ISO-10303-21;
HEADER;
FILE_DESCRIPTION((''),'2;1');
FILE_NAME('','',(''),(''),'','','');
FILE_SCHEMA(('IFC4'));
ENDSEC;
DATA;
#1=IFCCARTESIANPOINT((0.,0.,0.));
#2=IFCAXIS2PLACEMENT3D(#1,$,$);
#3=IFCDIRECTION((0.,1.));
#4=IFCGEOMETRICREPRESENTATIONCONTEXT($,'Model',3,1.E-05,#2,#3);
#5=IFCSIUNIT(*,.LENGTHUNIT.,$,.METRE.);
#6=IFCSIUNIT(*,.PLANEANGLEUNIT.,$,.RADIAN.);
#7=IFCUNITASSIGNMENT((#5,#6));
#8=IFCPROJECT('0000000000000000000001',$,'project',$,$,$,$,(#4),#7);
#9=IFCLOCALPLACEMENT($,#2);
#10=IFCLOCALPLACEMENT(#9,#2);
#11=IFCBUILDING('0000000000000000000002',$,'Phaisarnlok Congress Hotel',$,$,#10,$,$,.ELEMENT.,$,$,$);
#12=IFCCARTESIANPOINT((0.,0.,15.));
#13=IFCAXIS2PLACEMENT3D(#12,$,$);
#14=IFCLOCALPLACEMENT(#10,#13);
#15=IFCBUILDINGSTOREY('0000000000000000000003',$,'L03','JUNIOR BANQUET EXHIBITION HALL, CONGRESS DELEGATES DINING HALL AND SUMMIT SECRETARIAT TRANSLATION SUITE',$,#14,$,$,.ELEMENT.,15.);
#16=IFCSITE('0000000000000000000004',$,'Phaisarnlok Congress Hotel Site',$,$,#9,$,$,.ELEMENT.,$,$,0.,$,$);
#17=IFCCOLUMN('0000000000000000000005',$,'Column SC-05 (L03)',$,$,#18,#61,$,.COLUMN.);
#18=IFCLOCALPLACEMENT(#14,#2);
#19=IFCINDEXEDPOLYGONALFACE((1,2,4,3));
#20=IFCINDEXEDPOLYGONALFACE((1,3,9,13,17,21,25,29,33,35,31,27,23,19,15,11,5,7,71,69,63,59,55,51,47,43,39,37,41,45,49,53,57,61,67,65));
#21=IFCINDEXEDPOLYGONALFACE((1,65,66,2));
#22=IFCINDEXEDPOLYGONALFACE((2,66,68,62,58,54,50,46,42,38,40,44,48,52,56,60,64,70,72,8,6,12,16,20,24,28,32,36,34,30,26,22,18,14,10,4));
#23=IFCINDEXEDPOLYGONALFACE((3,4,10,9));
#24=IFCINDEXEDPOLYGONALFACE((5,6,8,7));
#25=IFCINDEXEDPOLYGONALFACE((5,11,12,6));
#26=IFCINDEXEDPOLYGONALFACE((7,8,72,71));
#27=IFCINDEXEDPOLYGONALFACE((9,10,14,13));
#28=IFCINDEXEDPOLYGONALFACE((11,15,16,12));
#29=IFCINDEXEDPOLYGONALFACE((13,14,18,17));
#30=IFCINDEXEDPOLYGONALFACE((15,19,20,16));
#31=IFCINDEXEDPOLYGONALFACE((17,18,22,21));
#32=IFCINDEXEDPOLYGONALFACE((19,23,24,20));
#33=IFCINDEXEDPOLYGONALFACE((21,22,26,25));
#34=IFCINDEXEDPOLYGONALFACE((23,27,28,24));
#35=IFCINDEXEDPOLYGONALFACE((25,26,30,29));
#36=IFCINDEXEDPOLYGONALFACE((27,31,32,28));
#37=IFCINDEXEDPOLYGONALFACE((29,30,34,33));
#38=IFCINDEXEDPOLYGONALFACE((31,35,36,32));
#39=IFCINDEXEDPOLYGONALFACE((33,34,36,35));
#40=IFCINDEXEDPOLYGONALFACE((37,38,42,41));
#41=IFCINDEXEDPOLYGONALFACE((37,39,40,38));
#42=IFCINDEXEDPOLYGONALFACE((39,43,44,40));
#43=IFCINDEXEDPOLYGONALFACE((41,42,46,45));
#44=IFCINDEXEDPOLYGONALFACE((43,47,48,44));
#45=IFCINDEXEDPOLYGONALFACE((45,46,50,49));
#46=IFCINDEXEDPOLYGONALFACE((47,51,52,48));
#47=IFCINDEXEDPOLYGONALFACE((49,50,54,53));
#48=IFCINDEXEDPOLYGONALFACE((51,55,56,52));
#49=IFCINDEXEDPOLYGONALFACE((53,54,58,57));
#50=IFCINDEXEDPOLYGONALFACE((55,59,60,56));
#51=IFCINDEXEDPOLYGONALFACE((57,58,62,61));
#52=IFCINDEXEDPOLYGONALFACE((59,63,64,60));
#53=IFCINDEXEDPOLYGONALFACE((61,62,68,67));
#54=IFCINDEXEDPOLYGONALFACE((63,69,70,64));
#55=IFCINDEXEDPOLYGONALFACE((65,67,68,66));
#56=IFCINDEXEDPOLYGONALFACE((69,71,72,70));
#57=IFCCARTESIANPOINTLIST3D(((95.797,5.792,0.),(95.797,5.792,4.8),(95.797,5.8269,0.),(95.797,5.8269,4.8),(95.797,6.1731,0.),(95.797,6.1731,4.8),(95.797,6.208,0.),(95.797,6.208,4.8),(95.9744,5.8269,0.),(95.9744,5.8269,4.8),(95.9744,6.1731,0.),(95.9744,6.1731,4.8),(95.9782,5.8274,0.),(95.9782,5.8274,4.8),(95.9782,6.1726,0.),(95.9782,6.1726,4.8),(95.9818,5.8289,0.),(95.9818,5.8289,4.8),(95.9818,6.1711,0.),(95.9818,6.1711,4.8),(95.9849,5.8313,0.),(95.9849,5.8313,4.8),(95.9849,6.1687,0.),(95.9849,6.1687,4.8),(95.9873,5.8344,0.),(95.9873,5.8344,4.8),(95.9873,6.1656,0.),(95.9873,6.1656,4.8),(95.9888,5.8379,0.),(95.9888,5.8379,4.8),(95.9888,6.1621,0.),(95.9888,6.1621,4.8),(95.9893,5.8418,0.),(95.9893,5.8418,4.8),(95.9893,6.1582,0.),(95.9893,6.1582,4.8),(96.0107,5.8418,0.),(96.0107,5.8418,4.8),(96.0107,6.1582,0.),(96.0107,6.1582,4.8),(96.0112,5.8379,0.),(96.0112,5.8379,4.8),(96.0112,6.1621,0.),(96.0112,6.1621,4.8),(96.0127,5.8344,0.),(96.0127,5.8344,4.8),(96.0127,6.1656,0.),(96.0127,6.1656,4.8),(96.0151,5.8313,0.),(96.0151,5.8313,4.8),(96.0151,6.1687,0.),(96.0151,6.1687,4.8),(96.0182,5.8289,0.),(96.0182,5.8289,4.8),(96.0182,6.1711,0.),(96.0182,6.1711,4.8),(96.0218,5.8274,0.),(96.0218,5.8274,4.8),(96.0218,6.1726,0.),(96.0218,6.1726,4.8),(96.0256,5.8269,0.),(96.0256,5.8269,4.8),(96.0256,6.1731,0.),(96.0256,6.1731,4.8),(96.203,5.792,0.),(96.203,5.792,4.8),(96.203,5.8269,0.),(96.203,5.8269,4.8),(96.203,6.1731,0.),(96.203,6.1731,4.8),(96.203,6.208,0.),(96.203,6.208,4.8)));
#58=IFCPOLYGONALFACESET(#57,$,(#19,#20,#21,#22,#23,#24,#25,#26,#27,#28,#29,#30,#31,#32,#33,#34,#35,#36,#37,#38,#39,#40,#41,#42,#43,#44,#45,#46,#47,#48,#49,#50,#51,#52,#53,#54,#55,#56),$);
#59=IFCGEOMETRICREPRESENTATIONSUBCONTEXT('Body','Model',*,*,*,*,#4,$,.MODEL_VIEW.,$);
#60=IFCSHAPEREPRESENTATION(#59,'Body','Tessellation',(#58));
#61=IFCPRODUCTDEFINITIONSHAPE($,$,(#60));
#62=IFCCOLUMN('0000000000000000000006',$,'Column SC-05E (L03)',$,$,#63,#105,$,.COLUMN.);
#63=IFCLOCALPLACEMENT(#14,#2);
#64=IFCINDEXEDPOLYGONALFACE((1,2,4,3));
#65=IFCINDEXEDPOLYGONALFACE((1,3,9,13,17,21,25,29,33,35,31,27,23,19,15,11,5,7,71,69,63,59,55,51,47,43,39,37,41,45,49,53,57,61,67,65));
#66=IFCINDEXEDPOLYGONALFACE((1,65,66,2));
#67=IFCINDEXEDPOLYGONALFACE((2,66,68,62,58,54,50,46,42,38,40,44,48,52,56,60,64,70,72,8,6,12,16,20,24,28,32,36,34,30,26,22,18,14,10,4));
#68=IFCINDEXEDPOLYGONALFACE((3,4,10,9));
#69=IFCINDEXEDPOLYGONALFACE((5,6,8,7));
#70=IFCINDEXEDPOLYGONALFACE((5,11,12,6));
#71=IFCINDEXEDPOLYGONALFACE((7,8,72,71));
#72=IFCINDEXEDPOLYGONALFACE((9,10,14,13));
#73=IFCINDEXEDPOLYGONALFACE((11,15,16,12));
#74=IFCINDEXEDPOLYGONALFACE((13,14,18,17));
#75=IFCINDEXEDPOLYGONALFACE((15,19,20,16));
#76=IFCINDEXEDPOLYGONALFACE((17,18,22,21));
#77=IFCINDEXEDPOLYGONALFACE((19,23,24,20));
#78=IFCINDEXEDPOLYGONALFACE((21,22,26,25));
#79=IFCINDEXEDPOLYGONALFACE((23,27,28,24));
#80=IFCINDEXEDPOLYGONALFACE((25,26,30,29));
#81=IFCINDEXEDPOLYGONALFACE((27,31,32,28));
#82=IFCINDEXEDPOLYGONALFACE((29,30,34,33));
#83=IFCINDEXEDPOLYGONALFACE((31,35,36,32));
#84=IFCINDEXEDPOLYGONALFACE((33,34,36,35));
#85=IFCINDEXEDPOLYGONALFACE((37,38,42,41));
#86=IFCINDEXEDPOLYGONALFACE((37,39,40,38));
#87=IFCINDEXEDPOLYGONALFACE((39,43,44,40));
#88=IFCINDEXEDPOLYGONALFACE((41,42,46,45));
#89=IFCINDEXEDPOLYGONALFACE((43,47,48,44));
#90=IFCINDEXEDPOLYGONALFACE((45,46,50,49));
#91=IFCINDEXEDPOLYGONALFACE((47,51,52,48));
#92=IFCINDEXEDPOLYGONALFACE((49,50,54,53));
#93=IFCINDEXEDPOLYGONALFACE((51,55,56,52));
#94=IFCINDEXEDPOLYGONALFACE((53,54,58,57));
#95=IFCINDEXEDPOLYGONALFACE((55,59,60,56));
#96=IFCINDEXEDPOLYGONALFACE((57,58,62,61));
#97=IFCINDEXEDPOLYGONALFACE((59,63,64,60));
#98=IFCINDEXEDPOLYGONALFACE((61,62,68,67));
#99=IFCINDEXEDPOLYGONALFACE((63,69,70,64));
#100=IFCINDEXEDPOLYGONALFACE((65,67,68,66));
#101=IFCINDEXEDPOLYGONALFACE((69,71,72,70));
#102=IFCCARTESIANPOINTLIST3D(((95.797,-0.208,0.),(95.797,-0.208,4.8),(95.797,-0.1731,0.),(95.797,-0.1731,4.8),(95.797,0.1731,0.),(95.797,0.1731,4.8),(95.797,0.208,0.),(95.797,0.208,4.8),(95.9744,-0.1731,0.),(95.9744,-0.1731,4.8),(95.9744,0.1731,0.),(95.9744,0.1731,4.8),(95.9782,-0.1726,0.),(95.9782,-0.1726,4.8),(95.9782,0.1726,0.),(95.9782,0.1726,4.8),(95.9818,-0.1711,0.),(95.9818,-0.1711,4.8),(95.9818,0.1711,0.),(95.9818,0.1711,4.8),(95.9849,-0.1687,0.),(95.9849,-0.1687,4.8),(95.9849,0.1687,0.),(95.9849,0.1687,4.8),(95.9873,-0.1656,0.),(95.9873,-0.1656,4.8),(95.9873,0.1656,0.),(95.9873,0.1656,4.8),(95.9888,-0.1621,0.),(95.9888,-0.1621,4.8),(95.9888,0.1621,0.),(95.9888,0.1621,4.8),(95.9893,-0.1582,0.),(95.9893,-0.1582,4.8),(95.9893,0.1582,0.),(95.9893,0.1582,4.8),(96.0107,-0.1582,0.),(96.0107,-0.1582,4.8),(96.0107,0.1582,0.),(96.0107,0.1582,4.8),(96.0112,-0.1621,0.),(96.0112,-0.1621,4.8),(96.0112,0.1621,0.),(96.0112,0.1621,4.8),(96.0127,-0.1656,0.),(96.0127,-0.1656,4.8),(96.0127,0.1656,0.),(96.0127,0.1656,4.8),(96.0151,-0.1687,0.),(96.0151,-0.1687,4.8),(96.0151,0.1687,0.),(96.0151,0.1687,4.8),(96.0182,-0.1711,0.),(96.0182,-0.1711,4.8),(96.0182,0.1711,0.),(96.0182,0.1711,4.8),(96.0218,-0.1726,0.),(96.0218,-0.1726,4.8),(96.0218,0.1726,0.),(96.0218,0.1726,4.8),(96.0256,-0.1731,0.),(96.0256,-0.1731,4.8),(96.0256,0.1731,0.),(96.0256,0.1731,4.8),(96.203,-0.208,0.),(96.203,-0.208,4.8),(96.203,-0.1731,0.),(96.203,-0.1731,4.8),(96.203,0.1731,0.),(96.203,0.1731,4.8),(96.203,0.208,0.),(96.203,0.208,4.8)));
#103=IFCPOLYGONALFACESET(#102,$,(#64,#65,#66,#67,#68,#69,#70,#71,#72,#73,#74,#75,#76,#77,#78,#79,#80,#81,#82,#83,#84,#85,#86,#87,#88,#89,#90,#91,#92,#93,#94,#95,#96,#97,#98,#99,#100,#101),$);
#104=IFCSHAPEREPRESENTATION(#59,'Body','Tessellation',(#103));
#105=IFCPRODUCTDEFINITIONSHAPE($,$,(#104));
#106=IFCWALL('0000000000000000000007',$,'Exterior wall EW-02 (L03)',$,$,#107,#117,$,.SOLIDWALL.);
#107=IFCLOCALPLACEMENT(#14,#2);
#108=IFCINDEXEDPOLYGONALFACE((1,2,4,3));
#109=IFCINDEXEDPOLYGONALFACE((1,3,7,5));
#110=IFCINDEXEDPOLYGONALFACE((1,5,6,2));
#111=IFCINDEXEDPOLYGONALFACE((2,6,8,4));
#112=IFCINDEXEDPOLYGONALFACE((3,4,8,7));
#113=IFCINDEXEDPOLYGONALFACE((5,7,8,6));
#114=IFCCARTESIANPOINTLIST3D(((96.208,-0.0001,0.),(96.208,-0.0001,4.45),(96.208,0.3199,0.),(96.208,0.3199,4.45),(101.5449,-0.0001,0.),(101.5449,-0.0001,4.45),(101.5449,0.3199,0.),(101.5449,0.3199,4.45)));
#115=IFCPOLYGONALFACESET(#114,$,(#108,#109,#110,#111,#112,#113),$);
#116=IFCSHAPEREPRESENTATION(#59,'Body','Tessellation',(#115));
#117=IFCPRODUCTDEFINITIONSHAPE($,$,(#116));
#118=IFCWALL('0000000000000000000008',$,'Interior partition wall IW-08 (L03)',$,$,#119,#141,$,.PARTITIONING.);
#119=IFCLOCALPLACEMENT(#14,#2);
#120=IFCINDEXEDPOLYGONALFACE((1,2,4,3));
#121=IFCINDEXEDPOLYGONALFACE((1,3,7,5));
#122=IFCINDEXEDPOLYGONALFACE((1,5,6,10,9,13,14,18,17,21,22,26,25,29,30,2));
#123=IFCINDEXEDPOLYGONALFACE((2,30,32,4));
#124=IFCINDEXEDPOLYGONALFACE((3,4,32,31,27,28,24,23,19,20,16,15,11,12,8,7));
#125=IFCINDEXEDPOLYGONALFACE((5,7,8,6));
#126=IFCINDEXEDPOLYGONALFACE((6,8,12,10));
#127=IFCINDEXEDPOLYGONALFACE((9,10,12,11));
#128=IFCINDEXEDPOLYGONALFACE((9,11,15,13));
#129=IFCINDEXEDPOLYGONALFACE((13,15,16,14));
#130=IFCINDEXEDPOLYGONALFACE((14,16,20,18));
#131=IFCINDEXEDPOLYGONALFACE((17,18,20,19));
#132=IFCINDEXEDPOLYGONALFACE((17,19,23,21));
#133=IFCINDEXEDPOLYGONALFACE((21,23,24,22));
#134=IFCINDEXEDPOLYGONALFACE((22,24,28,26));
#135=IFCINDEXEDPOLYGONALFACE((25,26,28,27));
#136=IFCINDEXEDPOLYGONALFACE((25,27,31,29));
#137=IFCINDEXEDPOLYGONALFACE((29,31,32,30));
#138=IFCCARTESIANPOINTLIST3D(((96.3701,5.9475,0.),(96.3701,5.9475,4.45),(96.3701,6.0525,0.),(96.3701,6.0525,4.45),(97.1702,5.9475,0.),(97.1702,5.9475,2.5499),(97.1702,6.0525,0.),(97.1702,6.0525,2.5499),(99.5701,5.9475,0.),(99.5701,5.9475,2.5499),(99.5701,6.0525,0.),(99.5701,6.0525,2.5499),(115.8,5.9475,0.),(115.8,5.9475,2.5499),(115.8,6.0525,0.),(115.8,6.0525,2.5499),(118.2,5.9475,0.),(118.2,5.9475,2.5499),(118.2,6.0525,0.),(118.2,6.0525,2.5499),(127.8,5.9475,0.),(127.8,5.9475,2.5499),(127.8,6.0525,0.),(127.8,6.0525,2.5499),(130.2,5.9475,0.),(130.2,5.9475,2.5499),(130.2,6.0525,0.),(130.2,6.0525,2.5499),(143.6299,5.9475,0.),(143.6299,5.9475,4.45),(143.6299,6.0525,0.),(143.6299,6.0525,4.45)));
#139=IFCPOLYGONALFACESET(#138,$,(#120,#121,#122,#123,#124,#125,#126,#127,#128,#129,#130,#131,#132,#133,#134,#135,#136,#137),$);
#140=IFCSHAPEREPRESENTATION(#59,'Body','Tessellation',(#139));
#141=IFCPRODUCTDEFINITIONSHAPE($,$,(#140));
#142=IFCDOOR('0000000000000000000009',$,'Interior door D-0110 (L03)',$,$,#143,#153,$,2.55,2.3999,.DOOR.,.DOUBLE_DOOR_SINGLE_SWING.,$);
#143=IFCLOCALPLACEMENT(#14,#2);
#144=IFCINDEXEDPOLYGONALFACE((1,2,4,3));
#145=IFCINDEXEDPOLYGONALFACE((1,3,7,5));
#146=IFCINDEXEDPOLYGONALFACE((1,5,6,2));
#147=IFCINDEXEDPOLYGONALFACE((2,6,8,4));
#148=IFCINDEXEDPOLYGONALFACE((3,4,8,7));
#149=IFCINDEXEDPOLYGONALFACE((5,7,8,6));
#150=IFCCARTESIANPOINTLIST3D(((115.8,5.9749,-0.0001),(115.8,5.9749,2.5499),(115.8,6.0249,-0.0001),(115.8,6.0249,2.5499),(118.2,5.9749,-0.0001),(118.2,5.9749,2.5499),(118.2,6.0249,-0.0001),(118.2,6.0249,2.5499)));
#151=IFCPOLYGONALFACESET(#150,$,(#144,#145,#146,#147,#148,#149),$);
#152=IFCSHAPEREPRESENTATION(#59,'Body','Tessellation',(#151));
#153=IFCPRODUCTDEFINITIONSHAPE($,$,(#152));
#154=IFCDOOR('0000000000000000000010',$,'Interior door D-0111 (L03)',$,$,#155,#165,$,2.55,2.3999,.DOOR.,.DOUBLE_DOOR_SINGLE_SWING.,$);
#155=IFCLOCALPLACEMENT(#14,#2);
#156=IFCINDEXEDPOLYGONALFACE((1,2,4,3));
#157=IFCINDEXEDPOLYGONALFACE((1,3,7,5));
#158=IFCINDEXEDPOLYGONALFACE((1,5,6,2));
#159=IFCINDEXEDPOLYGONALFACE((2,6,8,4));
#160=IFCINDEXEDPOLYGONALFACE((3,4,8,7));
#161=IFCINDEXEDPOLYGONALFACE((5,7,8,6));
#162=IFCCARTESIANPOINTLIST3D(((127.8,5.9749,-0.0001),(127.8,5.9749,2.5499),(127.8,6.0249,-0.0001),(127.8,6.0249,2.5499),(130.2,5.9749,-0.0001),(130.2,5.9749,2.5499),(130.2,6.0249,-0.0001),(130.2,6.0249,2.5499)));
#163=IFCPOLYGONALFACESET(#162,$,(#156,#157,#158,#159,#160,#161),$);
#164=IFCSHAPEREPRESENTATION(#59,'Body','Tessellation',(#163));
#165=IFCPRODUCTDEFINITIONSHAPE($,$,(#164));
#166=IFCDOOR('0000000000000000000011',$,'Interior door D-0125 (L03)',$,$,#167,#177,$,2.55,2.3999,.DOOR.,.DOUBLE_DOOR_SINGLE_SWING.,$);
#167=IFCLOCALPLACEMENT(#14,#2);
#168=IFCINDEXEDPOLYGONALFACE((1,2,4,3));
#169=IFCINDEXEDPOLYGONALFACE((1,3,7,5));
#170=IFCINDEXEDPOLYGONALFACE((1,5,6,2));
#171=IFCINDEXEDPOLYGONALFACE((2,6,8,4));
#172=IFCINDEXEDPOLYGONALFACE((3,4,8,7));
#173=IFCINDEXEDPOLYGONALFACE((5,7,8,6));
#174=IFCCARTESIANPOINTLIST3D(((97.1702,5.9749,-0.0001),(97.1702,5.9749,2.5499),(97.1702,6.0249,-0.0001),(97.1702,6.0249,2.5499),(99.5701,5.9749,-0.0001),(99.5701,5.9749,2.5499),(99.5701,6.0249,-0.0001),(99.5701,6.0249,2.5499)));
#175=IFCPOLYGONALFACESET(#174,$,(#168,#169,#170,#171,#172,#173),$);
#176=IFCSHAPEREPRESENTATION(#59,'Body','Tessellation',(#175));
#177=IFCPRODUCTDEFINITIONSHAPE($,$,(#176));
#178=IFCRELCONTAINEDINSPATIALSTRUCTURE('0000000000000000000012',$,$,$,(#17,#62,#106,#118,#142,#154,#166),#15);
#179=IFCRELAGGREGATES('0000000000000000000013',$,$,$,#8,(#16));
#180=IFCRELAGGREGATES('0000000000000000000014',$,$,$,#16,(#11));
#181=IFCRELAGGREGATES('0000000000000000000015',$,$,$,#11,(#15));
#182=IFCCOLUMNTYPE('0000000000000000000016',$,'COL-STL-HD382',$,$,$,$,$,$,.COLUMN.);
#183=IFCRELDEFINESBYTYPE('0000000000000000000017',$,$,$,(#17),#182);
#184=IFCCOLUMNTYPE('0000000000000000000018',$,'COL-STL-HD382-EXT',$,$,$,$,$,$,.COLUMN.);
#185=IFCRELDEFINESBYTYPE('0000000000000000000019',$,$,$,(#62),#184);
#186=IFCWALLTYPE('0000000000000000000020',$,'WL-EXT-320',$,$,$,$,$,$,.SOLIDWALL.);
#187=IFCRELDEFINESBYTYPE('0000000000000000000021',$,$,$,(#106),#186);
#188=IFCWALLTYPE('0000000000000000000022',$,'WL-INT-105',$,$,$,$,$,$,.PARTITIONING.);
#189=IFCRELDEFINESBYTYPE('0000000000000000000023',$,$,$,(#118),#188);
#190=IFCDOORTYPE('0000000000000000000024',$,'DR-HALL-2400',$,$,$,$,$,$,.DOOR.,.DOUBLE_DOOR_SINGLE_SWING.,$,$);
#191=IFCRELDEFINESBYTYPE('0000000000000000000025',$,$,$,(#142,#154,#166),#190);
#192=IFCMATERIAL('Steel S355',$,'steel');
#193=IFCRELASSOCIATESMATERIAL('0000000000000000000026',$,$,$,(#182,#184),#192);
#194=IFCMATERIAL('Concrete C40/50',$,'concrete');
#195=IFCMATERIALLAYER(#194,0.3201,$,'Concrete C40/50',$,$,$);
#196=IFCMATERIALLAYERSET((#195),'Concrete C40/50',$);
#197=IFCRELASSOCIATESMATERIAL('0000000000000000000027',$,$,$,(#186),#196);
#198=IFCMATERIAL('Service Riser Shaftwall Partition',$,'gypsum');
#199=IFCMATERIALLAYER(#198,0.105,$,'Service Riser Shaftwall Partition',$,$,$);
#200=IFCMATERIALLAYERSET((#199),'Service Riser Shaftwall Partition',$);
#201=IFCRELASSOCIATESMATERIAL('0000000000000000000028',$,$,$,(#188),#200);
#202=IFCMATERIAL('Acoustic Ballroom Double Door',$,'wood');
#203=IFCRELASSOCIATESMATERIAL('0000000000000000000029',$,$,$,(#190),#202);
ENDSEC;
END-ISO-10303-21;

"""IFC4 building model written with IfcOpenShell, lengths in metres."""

from ifc_helpers import new_model, si_unit, direction, frame, frame_2d, origin, origin_2d, place, context, subcontext, project, spatial, rectangle, i_section, extrude, material, layer, layer_set, material_profile, profile_set, type_object, element, fill, save


model = new_model("IFC4")

# Units and contexts
model_context = context("Model", 3, precision=1e-05, world=origin(), true_north=direction((0.0, 1.0)))
body_context = subcontext(model_context, "Body", "Model", "MODEL_VIEW")
ifc_project = project(units=[si_unit("LENGTHUNIT", "METRE"), si_unit("PLANEANGLEUNIT", "RADIAN")], contexts=[model_context])

# Site, building, storey
site_placement = place(None, origin())
site = spatial("IfcSite", under=ifc_project, at=site_placement, Name="Phaisarnlok Congress Hotel Site", CompositionType="ELEMENT", RefElevation=0.0)
building_placement = place(site_placement, origin())
building = spatial("IfcBuilding", under=site, at=building_placement, Name="Phaisarnlok Congress Hotel", CompositionType="ELEMENT")
storey_placement = place(building_placement, frame((0.0, 0.0, 15.0)))
storey = spatial("IfcBuildingStorey", under=building, at=storey_placement, Name="L03", Description="JUNIOR BANQUET EXHIBITION HALL, CONGRESS DELEGATES DINING HALL AND SUMMIT SECRETARIAT TRANSLATION SUITE", CompositionType="ELEMENT", Elevation=15.0)

# Columns
ifc_material_1 = material(Name="Steel S355", Category="steel")
ifc_material_profile_1 = material_profile(ifc_material_1, i_section(OverallWidth=0.406, OverallDepth=0.416, WebThickness=0.0215, FlangeThickness=0.0349, FilletRadius=0.0149, at=origin_2d()), Name="HD 400x382")
ifc_profile_set_1 = profile_set([ifc_material_profile_1], Name="Steel S355")
column_type_1 = type_object("IfcColumnType", Name="COL-STL-HD382", PredefinedType="COLUMN", material=ifc_profile_set_1)
column_1_placement = place(storey_placement, frame((96.0, 6.0, 0.0), z_axis=(0.0, 0.0, 1.0), x_axis=(1.0, 0.0, 0.0)))
element("IfcColumn", 1, at=column_1_placement, inside=storey, type_object=column_type_1, Name="Column SC-05 (L03)", PredefinedType="COLUMN", context=body_context, shape_type="SweptSolid", body=[
    extrude(i_section(OverallWidth=0.406, OverallDepth=0.416, WebThickness=0.0215, FlangeThickness=0.0349, FilletRadius=0.0149, at=origin_2d()), origin(), (0.0, 0.0, 1.0), 4.8),
])
ifc_material_profile_2 = material_profile(ifc_material_1, i_section(OverallWidth=0.406, OverallDepth=0.416, WebThickness=0.0215, FlangeThickness=0.0349, FilletRadius=0.0149, at=origin_2d()), Name="HD 400x382")
ifc_profile_set_2 = profile_set([ifc_material_profile_2], Name="Steel S355")
column_type_2 = type_object("IfcColumnType", Name="COL-STL-HD382-EXT", PredefinedType="COLUMN", material=ifc_profile_set_2)
column_2_placement = place(storey_placement, frame((96.0, 0.0, 0.0), z_axis=(0.0, 0.0, 1.0), x_axis=(1.0, 0.0, 0.0)))
element("IfcColumn", 2, at=column_2_placement, inside=storey, type_object=column_type_2, Name="Column SC-05E (L03)", PredefinedType="COLUMN", context=body_context, shape_type="SweptSolid", body=[
    extrude(i_section(OverallWidth=0.406, OverallDepth=0.416, WebThickness=0.0215, FlangeThickness=0.0349, FilletRadius=0.0149, at=origin_2d()), origin(), (0.0, 0.0, 1.0), 4.8),
])

# Wall
ifc_material_2 = material(Name="Concrete C40/50", Category="concrete")
ifc_layer_1 = layer(ifc_material_2, 0.3201, Name="Concrete C40/50")
ifc_layer_set_1 = layer_set([ifc_layer_1], Name="Concrete C40/50")
wall_type_1 = type_object("IfcWallType", Name="WL-EXT-320", PredefinedType="SOLIDWALL", material=ifc_layer_set_1)
wall_1_placement = place(storey_placement, frame((96.208, 0.1599, 0.0), z_axis=(0.0, 0.0, 1.0), x_axis=(1.0, 0.0, 0.0)))
element("IfcWall", 3, at=wall_1_placement, inside=storey, type_object=wall_type_1, Name="Exterior wall EW-02 (L03)", PredefinedType="SOLIDWALL", context=body_context, shape_type="SweptSolid", body=[
    extrude(rectangle(XDim=5.3369, YDim=0.3201, at=frame_2d((2.6685, 0.0))), origin(), (0.0, 0.0, 1.0), 4.45),
])

# Wall, openings, doors
ifc_material_3 = material(Name="Service Riser Shaftwall Partition", Category="gypsum")
ifc_layer_2 = layer(ifc_material_3, 0.105, Name="Service Riser Shaftwall Partition")
ifc_layer_set_2 = layer_set([ifc_layer_2], Name="Service Riser Shaftwall Partition")
wall_type_2 = type_object("IfcWallType", Name="WL-INT-105", PredefinedType="PARTITIONING", material=ifc_layer_set_2)
wall_2_placement = place(storey_placement, frame((96.3701, 6.0, 0.0), z_axis=(0.0, 0.0, 1.0), x_axis=(1.0, 0.0, 0.0)))
wall_2 = element("IfcWall", 4, at=wall_2_placement, inside=storey, type_object=wall_type_2, Name="Interior partition wall IW-08 (L03)", PredefinedType="PARTITIONING", context=body_context, shape_type="SweptSolid", body=[
    extrude(rectangle(XDim=47.2598, YDim=0.105, at=frame_2d((23.6299, 0.0))), origin(), (0.0, 0.0, 1.0), 4.45),
])
opening_1_placement = place(wall_2_placement, frame((19.4299, 0.0, 0.0)))
opening_1 = element("IfcOpeningElement", 5, at=opening_1_placement, cuts=wall_2, PredefinedType="OPENING", context=body_context, shape_type="SweptSolid", body=[
    extrude(rectangle(XDim=2.3999, YDim=2.55, at=frame_2d((1.2, 1.2749))), frame((0.0, 0.0625, 0.0), z_axis=(0.0, -1.0, 0.0), x_axis=(1.0, 0.0, 0.0)), (0.0, 0.0, 1.0), 0.125),
])
opening_2_placement = place(wall_2_placement, frame((31.4299, 0.0, 0.0)))
opening_2 = element("IfcOpeningElement", 6, at=opening_2_placement, cuts=wall_2, PredefinedType="OPENING", context=body_context, shape_type="SweptSolid", body=[
    extrude(rectangle(XDim=2.3999, YDim=2.55, at=frame_2d((1.2, 1.2749))), frame((0.0, 0.0625, 0.0), z_axis=(0.0, -1.0, 0.0), x_axis=(1.0, 0.0, 0.0)), (0.0, 0.0, 1.0), 0.125),
])
opening_3_placement = place(wall_2_placement, frame((0.8, 0.0, 0.0)))
opening_3 = element("IfcOpeningElement", 7, at=opening_3_placement, cuts=wall_2, PredefinedType="OPENING", context=body_context, shape_type="SweptSolid", body=[
    extrude(rectangle(XDim=2.3999, YDim=2.55, at=frame_2d((1.2, 1.2749))), frame((0.0, 0.0625, 0.0), z_axis=(0.0, -1.0, 0.0), x_axis=(1.0, 0.0, 0.0)), (0.0, 0.0, 1.0), 0.125),
])
ifc_material_4 = material(Name="Acoustic Ballroom Double Door", Category="wood")
door_type = type_object("IfcDoorType", Name="DR-HALL-2400", OperationType="DOUBLE_DOOR_SINGLE_SWING", PredefinedType="DOOR", material=ifc_material_4)
door_1_placement = place(opening_1_placement, origin())
door_1 = element("IfcDoor", 8, at=door_1_placement, inside=storey, type_object=door_type, Name="Interior door D-0110 (L03)", OperationType="DOUBLE_DOOR_SINGLE_SWING", OverallHeight=2.55, OverallWidth=2.3999, PredefinedType="DOOR", context=body_context, shape_type="SweptSolid", body=[
    extrude(rectangle(XDim=2.3999, YDim=2.55, at=frame_2d((1.2, 1.2749))), frame((0.0, 0.0249, 0.0), z_axis=(0.0, -1.0, 0.0), x_axis=(1.0, 0.0, 0.0)), (0.0, 0.0, 1.0), 0.05),
])
fill(opening_1, door_1)
door_2_placement = place(opening_2_placement, origin())
door_2 = element("IfcDoor", 9, at=door_2_placement, inside=storey, type_object=door_type, Name="Interior door D-0111 (L03)", OperationType="DOUBLE_DOOR_SINGLE_SWING", OverallHeight=2.55, OverallWidth=2.3999, PredefinedType="DOOR", context=body_context, shape_type="SweptSolid", body=[
    extrude(rectangle(XDim=2.3999, YDim=2.55, at=frame_2d((1.2, 1.2749))), frame((0.0, 0.0249, 0.0), z_axis=(0.0, -1.0, 0.0), x_axis=(1.0, 0.0, 0.0)), (0.0, 0.0, 1.0), 0.05),
])
fill(opening_2, door_2)
door_3_placement = place(opening_3_placement, origin())
door_3 = element("IfcDoor", 10, at=door_3_placement, inside=storey, type_object=door_type, Name="Interior door D-0125 (L03)", OperationType="DOUBLE_DOOR_SINGLE_SWING", OverallHeight=2.55, OverallWidth=2.3999, PredefinedType="DOOR", context=body_context, shape_type="SweptSolid", body=[
    extrude(rectangle(XDim=2.3999, YDim=2.55, at=frame_2d((1.2, 1.2749))), frame((0.0, 0.0249, 0.0), z_axis=(0.0, -1.0, 0.0), x_axis=(1.0, 0.0, 0.0)), (0.0, 0.0, 1.0), 0.05),
])
fill(opening_3, door_3)

save(model, "model.ifc")
